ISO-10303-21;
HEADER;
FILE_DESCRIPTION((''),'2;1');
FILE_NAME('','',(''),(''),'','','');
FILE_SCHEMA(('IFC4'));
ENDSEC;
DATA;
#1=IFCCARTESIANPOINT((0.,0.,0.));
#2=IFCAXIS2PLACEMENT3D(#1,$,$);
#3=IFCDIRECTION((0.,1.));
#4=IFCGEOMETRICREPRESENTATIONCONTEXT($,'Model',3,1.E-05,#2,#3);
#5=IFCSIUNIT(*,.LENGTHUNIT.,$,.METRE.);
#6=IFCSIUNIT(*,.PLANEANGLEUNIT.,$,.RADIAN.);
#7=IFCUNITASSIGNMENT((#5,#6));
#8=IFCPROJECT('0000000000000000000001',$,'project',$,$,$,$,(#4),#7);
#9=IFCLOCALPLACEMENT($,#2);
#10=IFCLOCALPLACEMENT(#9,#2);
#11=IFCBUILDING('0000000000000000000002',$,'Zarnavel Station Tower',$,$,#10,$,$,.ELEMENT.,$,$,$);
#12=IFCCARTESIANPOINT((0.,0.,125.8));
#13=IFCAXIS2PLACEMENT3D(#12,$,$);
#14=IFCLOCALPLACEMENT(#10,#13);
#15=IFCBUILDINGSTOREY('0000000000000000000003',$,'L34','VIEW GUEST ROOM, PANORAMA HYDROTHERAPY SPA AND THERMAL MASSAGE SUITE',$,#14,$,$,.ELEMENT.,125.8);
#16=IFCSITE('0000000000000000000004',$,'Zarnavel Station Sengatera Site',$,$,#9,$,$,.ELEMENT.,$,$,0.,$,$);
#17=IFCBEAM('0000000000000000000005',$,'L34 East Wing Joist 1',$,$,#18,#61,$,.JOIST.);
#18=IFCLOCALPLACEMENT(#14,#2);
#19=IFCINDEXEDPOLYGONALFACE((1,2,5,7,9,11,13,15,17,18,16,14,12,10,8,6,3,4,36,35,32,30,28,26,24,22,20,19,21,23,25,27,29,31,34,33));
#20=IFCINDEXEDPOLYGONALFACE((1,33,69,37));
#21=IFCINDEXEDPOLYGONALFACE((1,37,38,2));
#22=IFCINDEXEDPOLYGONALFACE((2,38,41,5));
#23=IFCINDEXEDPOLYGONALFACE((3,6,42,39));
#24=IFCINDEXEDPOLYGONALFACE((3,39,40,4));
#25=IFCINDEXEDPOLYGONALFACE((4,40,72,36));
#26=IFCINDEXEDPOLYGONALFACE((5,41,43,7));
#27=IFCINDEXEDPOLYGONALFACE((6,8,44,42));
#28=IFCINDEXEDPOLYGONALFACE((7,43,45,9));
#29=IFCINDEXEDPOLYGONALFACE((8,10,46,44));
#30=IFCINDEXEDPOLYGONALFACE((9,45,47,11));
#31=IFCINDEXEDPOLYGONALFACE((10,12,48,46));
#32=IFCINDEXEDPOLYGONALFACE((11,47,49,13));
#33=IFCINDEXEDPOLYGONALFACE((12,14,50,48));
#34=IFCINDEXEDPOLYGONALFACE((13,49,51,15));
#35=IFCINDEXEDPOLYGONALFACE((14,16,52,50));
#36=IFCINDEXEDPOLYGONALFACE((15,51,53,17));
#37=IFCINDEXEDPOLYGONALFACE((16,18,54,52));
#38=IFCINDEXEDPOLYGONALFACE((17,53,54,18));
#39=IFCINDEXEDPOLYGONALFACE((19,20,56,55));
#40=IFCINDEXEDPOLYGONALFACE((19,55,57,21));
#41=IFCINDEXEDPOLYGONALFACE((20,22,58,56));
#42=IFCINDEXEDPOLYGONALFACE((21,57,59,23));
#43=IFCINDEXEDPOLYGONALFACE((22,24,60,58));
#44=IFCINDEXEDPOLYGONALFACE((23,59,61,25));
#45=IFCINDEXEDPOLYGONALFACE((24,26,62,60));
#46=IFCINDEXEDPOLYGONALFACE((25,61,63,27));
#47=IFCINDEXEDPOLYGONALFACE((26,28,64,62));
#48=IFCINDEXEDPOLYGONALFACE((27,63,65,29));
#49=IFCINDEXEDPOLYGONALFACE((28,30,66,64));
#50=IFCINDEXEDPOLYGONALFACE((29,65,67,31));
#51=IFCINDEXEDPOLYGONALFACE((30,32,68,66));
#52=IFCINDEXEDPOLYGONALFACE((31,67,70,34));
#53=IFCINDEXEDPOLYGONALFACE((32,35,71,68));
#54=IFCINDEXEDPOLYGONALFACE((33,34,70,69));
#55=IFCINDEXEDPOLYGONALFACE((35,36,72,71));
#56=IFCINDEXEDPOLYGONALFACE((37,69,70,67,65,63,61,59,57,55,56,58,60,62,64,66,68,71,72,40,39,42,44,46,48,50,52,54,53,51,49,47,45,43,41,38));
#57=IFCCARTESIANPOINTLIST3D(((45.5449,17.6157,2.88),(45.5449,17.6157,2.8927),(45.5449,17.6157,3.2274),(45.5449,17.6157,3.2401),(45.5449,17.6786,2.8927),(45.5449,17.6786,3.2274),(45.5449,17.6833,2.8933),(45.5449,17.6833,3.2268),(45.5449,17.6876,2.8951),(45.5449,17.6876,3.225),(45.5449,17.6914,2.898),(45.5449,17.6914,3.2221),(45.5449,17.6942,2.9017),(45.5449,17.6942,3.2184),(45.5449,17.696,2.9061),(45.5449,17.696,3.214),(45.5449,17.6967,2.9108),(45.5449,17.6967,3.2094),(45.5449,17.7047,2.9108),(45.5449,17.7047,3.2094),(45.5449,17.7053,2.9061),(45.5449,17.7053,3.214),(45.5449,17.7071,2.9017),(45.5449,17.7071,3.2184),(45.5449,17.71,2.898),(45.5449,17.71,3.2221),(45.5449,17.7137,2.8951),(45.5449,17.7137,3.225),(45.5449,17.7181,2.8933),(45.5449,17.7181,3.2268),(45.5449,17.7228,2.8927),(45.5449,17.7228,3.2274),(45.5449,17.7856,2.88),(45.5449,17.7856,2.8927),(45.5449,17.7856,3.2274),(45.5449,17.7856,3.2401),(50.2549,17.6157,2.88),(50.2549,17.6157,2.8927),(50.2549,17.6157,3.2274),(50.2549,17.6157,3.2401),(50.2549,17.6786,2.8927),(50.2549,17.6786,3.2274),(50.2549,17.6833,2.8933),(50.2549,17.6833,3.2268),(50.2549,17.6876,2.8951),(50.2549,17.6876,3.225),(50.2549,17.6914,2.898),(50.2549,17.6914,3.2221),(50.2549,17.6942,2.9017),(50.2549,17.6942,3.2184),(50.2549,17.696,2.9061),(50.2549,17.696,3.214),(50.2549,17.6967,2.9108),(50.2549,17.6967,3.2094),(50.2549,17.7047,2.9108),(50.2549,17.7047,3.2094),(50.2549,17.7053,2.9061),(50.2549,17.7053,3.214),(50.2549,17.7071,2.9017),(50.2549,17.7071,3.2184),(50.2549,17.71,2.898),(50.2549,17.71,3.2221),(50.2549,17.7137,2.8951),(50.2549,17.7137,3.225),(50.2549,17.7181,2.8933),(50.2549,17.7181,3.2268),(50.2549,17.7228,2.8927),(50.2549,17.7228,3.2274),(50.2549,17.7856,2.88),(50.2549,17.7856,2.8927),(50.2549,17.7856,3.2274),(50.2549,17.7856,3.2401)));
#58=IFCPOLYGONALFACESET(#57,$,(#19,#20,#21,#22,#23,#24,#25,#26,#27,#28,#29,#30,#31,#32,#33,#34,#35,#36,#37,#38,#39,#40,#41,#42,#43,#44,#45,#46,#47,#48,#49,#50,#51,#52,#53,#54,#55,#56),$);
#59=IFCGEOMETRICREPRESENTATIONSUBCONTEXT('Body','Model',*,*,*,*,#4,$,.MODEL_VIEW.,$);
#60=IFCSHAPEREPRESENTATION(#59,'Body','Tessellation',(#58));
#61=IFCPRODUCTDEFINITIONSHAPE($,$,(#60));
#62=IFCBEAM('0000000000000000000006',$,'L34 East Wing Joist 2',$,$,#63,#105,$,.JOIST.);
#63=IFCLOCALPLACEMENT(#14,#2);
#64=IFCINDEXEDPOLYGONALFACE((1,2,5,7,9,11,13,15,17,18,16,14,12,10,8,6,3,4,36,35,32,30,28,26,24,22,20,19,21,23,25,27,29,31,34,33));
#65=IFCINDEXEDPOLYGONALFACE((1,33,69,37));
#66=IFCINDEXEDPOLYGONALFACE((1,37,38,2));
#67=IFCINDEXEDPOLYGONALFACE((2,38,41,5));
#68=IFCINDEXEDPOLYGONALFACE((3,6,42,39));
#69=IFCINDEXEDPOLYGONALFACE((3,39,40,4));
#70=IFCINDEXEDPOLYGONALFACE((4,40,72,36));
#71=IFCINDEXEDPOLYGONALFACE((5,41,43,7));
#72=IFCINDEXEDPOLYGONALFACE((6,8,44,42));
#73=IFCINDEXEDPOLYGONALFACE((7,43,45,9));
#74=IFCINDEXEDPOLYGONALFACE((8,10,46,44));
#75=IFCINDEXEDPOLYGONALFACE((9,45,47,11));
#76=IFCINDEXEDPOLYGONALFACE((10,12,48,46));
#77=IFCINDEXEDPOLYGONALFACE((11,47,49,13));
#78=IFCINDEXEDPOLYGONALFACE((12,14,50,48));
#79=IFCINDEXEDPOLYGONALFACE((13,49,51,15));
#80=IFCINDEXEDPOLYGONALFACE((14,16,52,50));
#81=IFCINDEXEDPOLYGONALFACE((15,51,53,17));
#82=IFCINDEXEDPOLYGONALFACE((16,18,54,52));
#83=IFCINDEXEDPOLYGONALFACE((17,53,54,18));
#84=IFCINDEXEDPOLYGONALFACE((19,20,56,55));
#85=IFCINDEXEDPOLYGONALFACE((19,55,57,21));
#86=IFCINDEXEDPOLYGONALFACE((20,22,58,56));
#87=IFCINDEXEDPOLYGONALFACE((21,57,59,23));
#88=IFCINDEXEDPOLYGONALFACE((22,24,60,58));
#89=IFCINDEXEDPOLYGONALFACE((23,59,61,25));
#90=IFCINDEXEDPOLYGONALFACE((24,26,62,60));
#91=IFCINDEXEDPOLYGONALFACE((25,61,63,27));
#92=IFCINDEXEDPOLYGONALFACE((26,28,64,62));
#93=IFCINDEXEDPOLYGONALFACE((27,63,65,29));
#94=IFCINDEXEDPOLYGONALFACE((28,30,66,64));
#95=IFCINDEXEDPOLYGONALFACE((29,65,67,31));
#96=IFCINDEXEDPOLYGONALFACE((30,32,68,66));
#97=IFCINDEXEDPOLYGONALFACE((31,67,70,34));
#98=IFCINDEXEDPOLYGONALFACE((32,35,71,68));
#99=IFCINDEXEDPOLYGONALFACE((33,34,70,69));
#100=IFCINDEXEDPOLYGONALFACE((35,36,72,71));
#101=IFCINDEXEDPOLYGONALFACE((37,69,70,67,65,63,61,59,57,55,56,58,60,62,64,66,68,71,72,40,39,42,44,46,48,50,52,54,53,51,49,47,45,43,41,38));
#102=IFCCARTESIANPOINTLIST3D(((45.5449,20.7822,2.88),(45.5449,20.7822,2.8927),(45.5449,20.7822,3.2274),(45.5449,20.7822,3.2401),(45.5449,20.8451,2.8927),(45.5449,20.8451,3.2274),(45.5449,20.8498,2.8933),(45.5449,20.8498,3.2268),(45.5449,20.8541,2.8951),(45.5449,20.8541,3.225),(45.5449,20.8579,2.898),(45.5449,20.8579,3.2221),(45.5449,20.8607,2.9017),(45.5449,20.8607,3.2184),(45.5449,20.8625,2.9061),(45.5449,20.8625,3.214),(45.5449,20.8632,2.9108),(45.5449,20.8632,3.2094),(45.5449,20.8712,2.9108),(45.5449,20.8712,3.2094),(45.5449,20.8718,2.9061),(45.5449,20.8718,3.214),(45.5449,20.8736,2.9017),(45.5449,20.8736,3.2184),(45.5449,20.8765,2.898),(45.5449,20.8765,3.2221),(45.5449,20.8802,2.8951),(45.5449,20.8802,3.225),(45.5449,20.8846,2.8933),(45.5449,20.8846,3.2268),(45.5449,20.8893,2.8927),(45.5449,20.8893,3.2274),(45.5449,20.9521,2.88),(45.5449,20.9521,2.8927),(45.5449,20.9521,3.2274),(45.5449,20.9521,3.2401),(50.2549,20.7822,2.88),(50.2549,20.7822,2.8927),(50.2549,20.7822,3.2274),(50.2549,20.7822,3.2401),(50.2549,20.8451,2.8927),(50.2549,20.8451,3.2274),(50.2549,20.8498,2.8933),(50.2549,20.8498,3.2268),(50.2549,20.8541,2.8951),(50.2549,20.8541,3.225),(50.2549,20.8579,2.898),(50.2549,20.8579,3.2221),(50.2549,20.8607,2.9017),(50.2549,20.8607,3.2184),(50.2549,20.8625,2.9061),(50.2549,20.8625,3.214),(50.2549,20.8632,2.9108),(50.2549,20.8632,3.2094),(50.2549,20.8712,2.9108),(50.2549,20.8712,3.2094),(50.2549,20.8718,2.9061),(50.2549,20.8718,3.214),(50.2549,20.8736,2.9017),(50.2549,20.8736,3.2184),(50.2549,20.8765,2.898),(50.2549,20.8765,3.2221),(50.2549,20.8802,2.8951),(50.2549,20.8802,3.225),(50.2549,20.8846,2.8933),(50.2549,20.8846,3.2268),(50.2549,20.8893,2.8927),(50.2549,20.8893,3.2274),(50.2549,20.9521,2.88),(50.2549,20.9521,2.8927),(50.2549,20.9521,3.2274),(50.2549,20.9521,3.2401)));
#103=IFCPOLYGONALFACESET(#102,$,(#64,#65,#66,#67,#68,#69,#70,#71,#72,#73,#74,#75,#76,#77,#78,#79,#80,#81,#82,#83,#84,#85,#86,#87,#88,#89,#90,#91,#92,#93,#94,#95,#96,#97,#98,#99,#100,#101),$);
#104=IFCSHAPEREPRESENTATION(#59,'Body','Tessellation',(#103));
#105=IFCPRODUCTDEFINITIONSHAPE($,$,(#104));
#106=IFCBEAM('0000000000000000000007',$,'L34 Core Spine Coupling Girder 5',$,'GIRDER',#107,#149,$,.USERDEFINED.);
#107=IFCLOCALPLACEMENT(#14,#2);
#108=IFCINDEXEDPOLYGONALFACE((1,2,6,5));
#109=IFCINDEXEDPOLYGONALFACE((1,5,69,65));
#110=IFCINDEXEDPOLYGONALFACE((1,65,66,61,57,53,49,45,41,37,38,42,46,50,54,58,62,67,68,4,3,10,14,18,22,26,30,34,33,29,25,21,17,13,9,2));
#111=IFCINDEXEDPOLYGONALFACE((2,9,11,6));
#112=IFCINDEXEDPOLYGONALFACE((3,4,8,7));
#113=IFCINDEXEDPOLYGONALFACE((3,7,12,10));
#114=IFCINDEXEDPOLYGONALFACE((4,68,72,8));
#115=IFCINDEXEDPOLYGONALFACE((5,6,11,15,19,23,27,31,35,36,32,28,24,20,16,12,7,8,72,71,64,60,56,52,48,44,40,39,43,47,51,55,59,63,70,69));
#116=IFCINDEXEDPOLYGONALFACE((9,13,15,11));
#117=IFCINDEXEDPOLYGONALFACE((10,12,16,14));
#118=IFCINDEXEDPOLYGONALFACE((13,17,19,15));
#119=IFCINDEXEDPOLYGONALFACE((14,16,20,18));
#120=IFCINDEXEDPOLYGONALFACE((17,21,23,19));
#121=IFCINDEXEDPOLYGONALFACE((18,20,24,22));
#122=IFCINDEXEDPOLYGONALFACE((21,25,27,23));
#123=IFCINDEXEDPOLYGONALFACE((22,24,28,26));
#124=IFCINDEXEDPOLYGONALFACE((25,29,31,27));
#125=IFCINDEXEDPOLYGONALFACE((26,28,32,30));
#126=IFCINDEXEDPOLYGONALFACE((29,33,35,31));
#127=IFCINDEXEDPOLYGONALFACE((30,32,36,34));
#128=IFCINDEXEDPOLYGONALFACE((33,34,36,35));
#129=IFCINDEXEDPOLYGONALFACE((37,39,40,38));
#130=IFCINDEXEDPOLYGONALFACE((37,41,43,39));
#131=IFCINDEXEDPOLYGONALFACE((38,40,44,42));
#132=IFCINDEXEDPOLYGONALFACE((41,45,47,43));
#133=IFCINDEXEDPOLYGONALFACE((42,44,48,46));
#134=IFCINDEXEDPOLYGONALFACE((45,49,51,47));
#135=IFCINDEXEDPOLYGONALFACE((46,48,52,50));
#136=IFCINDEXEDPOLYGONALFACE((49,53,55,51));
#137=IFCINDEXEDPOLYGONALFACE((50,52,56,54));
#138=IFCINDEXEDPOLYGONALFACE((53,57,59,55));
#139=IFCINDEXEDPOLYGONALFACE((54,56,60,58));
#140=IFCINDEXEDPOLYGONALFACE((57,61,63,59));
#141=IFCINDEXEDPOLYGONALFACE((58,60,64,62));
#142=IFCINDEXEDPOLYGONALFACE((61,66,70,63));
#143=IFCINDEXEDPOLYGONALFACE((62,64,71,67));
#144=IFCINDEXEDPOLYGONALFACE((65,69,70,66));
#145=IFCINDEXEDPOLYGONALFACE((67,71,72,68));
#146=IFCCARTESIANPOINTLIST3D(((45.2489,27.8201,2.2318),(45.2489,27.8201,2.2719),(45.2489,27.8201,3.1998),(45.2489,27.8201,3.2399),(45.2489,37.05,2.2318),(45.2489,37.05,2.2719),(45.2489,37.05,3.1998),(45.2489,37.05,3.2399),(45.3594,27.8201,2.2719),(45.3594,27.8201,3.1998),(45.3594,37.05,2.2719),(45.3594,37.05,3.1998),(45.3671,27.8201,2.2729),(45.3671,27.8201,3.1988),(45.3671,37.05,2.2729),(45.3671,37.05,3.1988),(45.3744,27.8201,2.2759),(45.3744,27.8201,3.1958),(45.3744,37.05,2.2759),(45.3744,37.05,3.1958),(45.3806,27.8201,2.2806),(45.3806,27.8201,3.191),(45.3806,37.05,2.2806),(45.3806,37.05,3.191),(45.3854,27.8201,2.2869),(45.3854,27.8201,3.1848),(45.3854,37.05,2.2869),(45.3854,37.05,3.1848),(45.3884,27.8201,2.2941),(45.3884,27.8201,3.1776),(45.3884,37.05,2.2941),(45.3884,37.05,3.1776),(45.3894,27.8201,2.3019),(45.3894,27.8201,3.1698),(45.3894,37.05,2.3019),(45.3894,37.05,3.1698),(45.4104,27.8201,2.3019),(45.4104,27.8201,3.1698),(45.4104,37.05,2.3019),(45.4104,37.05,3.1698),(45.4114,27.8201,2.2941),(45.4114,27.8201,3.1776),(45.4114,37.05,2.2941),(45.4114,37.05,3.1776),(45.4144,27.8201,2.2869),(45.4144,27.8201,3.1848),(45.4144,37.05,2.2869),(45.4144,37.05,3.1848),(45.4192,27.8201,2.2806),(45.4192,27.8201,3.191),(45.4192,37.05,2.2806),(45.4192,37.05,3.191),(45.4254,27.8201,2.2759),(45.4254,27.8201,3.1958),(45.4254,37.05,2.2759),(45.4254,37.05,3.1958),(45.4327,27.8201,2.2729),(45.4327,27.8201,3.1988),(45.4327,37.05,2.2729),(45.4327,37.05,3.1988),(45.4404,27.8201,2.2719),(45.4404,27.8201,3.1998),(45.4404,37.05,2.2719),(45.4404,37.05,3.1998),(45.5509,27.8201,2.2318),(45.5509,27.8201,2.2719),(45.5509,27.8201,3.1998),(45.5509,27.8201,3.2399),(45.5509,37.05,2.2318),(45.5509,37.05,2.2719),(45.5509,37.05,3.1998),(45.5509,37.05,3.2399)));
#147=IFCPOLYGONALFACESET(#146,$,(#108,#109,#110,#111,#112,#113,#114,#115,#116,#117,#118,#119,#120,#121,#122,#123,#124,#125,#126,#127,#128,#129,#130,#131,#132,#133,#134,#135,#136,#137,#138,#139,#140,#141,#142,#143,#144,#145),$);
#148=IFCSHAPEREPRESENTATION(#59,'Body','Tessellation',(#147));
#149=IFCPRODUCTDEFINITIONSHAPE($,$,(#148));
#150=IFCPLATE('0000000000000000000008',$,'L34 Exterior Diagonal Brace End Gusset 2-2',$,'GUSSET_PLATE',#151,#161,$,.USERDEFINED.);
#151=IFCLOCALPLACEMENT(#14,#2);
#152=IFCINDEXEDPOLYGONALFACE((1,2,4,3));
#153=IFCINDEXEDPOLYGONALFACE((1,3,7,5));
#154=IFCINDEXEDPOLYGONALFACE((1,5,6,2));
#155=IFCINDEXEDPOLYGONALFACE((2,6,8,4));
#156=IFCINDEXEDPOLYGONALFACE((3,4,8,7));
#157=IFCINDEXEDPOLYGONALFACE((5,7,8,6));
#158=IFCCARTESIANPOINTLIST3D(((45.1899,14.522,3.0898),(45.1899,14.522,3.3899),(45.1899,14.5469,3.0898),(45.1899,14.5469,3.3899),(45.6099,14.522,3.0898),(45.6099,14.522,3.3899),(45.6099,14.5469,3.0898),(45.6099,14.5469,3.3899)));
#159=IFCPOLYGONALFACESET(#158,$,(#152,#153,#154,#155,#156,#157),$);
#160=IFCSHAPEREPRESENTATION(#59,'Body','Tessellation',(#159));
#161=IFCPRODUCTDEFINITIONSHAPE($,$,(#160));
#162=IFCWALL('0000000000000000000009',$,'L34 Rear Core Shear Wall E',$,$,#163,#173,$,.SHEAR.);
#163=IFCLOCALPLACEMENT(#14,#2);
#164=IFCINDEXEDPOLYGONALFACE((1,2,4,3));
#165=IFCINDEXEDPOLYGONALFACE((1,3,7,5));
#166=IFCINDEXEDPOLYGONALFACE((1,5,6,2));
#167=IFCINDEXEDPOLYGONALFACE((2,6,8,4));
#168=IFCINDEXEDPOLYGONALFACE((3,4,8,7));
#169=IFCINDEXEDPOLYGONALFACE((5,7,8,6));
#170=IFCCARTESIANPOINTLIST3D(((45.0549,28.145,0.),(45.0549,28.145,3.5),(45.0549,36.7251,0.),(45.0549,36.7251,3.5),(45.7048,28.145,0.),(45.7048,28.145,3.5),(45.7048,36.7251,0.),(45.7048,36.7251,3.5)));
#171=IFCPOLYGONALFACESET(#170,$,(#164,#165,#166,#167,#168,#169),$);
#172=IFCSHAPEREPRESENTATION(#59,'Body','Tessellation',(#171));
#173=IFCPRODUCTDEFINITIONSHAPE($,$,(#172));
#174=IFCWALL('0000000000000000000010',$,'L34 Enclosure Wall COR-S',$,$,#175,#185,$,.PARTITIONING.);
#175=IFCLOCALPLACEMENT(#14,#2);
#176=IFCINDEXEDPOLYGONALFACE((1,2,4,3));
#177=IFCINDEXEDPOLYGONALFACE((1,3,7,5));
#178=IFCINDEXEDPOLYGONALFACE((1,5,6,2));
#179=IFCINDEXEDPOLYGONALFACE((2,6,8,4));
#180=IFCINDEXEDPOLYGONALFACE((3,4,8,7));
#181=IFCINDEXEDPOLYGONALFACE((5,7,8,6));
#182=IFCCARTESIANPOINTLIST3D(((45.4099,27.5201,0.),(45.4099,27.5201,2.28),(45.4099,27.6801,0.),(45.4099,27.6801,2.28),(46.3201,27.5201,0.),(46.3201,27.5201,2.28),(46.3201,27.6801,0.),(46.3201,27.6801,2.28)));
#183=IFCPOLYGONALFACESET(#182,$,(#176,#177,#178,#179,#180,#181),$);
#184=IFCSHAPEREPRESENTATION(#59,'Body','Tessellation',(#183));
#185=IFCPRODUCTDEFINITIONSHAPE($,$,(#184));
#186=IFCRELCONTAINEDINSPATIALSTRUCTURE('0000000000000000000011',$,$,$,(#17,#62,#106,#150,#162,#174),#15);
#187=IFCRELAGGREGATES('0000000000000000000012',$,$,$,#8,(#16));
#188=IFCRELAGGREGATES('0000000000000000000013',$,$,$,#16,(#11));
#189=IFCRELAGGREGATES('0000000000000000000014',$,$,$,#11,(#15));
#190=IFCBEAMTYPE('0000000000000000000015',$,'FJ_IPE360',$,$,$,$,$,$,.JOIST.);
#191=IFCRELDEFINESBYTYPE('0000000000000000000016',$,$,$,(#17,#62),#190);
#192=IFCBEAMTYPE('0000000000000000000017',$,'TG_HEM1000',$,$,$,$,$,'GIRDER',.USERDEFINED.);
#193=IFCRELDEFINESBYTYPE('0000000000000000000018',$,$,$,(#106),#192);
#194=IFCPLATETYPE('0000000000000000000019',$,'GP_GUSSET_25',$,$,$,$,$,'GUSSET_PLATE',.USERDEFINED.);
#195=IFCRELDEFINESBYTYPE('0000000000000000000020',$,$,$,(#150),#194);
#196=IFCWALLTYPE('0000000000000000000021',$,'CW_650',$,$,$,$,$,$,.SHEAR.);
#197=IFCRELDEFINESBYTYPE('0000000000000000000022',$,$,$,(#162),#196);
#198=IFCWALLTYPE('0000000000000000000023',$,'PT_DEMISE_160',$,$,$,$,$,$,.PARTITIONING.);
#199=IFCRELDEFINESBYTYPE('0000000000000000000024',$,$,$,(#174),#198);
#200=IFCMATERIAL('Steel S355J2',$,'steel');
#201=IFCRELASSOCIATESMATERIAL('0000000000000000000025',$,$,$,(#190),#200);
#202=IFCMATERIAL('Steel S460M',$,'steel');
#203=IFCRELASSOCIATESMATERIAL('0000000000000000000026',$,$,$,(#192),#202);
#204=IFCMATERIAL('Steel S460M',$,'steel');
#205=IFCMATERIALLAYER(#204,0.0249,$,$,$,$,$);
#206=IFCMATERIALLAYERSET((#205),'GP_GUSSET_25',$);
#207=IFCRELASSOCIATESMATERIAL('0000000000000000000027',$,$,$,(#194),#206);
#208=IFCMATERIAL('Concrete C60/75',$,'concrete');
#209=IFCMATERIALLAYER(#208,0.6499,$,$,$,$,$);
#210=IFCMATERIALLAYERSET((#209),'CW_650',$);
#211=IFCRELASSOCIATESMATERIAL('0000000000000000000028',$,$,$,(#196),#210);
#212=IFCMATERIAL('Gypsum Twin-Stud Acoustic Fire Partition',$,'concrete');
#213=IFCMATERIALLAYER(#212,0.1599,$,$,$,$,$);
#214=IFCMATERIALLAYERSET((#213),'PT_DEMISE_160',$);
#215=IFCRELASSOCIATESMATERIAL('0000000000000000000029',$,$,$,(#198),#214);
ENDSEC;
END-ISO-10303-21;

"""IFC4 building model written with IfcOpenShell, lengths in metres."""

from ifc_helpers import new_model, si_unit, direction, frame, frame_2d, origin, origin_2d, place, context, subcontext, project, spatial, rectangle, i_section, extrude, material, layer, layer_set, material_profile, profile_set, type_object, element, save


model = new_model("IFC4")

# Units and contexts
model_context = context("Model", 3, precision=1e-05, world=origin(), true_north=direction((0.0, 1.0)))
body_context = subcontext(model_context, "Body", "Model", "MODEL_VIEW")
ifc_project = project(units=[si_unit("LENGTHUNIT", "METRE"), si_unit("PLANEANGLEUNIT", "RADIAN")], contexts=[model_context])

# Site, building, storey
site_placement = place(None, origin())
site = spatial("IfcSite", under=ifc_project, at=site_placement, Name="Zarnavel Station Sengatera Site", CompositionType="ELEMENT", RefElevation=0.0)
building_placement = place(site_placement, origin())
building = spatial("IfcBuilding", under=site, at=building_placement, Name="Zarnavel Station Tower", CompositionType="ELEMENT")
storey_placement = place(building_placement, frame((0.0, 0.0, 125.8)))
storey = spatial("IfcBuildingStorey", under=building, at=storey_placement, Name="L34", Description="VIEW GUEST ROOM, PANORAMA HYDROTHERAPY SPA AND THERMAL MASSAGE SUITE", CompositionType="ELEMENT", Elevation=125.8)

# Beams
ifc_material_1 = material(Name="Steel S355J2", Category="steel")
ifc_material_profile_1 = material_profile(ifc_material_1, i_section(OverallWidth=0.1699, OverallDepth=0.3601, WebThickness=0.0081, FlangeThickness=0.0127, FilletRadius=0.0181, at=origin_2d()), Name="IPE360")
ifc_profile_set_1 = profile_set([ifc_material_profile_1], Name="Steel S355J2")
beam_type_1 = type_object("IfcBeamType", Name="FJ_IPE360", PredefinedType="JOIST", material=ifc_profile_set_1)
for number, where, z_axis, x_axis, name in (
    (1, (45.5449, 17.7007, 3.0601), (1.0, 0.0, 0.0), (0.0, 1.0, 0.0), "L34 East Wing Joist 1"),
    (2, (45.5449, 20.8672, 3.0601), (1.0, 0.0, 0.0), (0.0, 1.0, 0.0), "L34 East Wing Joist 2"),
):
    element("IfcBeam", number, at=place(storey_placement, frame(where, z_axis=z_axis, x_axis=x_axis)), inside=storey, type_object=beam_type_1, Name=name, PredefinedType="JOIST", context=body_context, shape_type="SweptSolid", body=[
        extrude(i_section(OverallWidth=0.1699, OverallDepth=0.3601, WebThickness=0.0081, FlangeThickness=0.0127, FilletRadius=0.0181, at=origin_2d()), origin(), (0.0, 0.0, 1.0), 4.71),
    ])
ifc_material_2 = material(Name="Steel S460M", Category="steel")
ifc_material_profile_2 = material_profile(ifc_material_2, i_section(OverallWidth=0.302, OverallDepth=1.0081, WebThickness=0.021, FlangeThickness=0.04, FilletRadius=0.03, at=origin_2d()), Name="HEM1000")
ifc_profile_set_2 = profile_set([ifc_material_profile_2], Name="Steel S460M")
beam_type_2 = type_object("IfcBeamType", Name="TG_HEM1000", ElementType="GIRDER", PredefinedType="USERDEFINED", material=ifc_profile_set_2)
beam_1_placement = place(storey_placement, frame((45.3999, 27.8201, 2.7358), z_axis=(0.0, 1.0, 0.0), x_axis=(-1.0, 0.0, 0.0)))
element("IfcBeam", 3, at=beam_1_placement, inside=storey, type_object=beam_type_2, Name="L34 Core Spine Coupling Girder 5", ObjectType="GIRDER", PredefinedType="USERDEFINED", context=body_context, shape_type="SweptSolid", body=[
    extrude(i_section(OverallWidth=0.302, OverallDepth=1.0081, WebThickness=0.021, FlangeThickness=0.04, FilletRadius=0.03, at=origin_2d()), origin(), (0.0, 0.0, 1.0), 9.23),
])

# Plate
ifc_material_3 = material(Name="Steel S460M", Category="steel")
ifc_layer_1 = layer(ifc_material_3, 0.0249)
ifc_layer_set_1 = layer_set([ifc_layer_1], Name="GP_GUSSET_25")
plate_type = type_object("IfcPlateType", Name="GP_GUSSET_25", ElementType="GUSSET_PLATE", PredefinedType="USERDEFINED", material=ifc_layer_set_1)
plate_placement = place(storey_placement, frame((45.3999, 14.5344, 3.0898), z_axis=(0.0, 0.0, 1.0), x_axis=(1.0, 0.0, 0.0)))
element("IfcPlate", 4, at=plate_placement, inside=storey, type_object=plate_type, Name="L34 Exterior Diagonal Brace End Gusset 2-2", ObjectType="GUSSET_PLATE", PredefinedType="USERDEFINED", context=body_context, shape_type="SweptSolid", body=[
    extrude(rectangle(XDim=0.4199, YDim=0.0249, at=origin_2d()), origin(), (0.0, 0.0, 1.0), 0.3),
])

# Shared definitions
ifc_material_4 = material(Name="Concrete C60/75", Category="concrete")
ifc_layer_2 = layer(ifc_material_4, 0.6499)
ifc_layer_set_2 = layer_set([ifc_layer_2], Name="CW_650")
wall_type_1 = type_object("IfcWallType", Name="CW_650", PredefinedType="SHEAR", material=ifc_layer_set_2)

# Walls
wall_1_placement = place(storey_placement, frame((45.3799, 28.145, 0.0), z_axis=(0.0, 0.0, 1.0), x_axis=(0.0, 1.0, 0.0)))
element("IfcWall", 5, at=wall_1_placement, inside=storey, type_object=wall_type_1, Name="L34 Rear Core Shear Wall E", PredefinedType="SHEAR", context=body_context, shape_type="SweptSolid", body=[
    extrude(rectangle(XDim=8.5801, YDim=0.6499, at=frame_2d((4.29, 0.0))), origin(), (0.0, 0.0, 1.0), 3.5),
])
ifc_material_5 = material(Name="Gypsum Twin-Stud Acoustic Fire Partition", Category="concrete")
ifc_layer_3 = layer(ifc_material_5, 0.1599)
ifc_layer_set_3 = layer_set([ifc_layer_3], Name="PT_DEMISE_160")
wall_type_2 = type_object("IfcWallType", Name="PT_DEMISE_160", PredefinedType="PARTITIONING", material=ifc_layer_set_3)
wall_2_placement = place(storey_placement, frame((45.4099, 27.6001, 0.0), z_axis=(0.0, 0.0, 1.0), x_axis=(1.0, 0.0, 0.0)))
element("IfcWall", 6, at=wall_2_placement, inside=storey, type_object=wall_type_2, Name="L34 Enclosure Wall COR-S", PredefinedType="PARTITIONING", context=body_context, shape_type="SweptSolid", body=[
    extrude(rectangle(XDim=0.9102, YDim=0.1599, at=frame_2d((0.4551, 0.0))), origin(), (0.0, 0.0, 1.0), 2.28),
])

save(model, "model.ifc")
